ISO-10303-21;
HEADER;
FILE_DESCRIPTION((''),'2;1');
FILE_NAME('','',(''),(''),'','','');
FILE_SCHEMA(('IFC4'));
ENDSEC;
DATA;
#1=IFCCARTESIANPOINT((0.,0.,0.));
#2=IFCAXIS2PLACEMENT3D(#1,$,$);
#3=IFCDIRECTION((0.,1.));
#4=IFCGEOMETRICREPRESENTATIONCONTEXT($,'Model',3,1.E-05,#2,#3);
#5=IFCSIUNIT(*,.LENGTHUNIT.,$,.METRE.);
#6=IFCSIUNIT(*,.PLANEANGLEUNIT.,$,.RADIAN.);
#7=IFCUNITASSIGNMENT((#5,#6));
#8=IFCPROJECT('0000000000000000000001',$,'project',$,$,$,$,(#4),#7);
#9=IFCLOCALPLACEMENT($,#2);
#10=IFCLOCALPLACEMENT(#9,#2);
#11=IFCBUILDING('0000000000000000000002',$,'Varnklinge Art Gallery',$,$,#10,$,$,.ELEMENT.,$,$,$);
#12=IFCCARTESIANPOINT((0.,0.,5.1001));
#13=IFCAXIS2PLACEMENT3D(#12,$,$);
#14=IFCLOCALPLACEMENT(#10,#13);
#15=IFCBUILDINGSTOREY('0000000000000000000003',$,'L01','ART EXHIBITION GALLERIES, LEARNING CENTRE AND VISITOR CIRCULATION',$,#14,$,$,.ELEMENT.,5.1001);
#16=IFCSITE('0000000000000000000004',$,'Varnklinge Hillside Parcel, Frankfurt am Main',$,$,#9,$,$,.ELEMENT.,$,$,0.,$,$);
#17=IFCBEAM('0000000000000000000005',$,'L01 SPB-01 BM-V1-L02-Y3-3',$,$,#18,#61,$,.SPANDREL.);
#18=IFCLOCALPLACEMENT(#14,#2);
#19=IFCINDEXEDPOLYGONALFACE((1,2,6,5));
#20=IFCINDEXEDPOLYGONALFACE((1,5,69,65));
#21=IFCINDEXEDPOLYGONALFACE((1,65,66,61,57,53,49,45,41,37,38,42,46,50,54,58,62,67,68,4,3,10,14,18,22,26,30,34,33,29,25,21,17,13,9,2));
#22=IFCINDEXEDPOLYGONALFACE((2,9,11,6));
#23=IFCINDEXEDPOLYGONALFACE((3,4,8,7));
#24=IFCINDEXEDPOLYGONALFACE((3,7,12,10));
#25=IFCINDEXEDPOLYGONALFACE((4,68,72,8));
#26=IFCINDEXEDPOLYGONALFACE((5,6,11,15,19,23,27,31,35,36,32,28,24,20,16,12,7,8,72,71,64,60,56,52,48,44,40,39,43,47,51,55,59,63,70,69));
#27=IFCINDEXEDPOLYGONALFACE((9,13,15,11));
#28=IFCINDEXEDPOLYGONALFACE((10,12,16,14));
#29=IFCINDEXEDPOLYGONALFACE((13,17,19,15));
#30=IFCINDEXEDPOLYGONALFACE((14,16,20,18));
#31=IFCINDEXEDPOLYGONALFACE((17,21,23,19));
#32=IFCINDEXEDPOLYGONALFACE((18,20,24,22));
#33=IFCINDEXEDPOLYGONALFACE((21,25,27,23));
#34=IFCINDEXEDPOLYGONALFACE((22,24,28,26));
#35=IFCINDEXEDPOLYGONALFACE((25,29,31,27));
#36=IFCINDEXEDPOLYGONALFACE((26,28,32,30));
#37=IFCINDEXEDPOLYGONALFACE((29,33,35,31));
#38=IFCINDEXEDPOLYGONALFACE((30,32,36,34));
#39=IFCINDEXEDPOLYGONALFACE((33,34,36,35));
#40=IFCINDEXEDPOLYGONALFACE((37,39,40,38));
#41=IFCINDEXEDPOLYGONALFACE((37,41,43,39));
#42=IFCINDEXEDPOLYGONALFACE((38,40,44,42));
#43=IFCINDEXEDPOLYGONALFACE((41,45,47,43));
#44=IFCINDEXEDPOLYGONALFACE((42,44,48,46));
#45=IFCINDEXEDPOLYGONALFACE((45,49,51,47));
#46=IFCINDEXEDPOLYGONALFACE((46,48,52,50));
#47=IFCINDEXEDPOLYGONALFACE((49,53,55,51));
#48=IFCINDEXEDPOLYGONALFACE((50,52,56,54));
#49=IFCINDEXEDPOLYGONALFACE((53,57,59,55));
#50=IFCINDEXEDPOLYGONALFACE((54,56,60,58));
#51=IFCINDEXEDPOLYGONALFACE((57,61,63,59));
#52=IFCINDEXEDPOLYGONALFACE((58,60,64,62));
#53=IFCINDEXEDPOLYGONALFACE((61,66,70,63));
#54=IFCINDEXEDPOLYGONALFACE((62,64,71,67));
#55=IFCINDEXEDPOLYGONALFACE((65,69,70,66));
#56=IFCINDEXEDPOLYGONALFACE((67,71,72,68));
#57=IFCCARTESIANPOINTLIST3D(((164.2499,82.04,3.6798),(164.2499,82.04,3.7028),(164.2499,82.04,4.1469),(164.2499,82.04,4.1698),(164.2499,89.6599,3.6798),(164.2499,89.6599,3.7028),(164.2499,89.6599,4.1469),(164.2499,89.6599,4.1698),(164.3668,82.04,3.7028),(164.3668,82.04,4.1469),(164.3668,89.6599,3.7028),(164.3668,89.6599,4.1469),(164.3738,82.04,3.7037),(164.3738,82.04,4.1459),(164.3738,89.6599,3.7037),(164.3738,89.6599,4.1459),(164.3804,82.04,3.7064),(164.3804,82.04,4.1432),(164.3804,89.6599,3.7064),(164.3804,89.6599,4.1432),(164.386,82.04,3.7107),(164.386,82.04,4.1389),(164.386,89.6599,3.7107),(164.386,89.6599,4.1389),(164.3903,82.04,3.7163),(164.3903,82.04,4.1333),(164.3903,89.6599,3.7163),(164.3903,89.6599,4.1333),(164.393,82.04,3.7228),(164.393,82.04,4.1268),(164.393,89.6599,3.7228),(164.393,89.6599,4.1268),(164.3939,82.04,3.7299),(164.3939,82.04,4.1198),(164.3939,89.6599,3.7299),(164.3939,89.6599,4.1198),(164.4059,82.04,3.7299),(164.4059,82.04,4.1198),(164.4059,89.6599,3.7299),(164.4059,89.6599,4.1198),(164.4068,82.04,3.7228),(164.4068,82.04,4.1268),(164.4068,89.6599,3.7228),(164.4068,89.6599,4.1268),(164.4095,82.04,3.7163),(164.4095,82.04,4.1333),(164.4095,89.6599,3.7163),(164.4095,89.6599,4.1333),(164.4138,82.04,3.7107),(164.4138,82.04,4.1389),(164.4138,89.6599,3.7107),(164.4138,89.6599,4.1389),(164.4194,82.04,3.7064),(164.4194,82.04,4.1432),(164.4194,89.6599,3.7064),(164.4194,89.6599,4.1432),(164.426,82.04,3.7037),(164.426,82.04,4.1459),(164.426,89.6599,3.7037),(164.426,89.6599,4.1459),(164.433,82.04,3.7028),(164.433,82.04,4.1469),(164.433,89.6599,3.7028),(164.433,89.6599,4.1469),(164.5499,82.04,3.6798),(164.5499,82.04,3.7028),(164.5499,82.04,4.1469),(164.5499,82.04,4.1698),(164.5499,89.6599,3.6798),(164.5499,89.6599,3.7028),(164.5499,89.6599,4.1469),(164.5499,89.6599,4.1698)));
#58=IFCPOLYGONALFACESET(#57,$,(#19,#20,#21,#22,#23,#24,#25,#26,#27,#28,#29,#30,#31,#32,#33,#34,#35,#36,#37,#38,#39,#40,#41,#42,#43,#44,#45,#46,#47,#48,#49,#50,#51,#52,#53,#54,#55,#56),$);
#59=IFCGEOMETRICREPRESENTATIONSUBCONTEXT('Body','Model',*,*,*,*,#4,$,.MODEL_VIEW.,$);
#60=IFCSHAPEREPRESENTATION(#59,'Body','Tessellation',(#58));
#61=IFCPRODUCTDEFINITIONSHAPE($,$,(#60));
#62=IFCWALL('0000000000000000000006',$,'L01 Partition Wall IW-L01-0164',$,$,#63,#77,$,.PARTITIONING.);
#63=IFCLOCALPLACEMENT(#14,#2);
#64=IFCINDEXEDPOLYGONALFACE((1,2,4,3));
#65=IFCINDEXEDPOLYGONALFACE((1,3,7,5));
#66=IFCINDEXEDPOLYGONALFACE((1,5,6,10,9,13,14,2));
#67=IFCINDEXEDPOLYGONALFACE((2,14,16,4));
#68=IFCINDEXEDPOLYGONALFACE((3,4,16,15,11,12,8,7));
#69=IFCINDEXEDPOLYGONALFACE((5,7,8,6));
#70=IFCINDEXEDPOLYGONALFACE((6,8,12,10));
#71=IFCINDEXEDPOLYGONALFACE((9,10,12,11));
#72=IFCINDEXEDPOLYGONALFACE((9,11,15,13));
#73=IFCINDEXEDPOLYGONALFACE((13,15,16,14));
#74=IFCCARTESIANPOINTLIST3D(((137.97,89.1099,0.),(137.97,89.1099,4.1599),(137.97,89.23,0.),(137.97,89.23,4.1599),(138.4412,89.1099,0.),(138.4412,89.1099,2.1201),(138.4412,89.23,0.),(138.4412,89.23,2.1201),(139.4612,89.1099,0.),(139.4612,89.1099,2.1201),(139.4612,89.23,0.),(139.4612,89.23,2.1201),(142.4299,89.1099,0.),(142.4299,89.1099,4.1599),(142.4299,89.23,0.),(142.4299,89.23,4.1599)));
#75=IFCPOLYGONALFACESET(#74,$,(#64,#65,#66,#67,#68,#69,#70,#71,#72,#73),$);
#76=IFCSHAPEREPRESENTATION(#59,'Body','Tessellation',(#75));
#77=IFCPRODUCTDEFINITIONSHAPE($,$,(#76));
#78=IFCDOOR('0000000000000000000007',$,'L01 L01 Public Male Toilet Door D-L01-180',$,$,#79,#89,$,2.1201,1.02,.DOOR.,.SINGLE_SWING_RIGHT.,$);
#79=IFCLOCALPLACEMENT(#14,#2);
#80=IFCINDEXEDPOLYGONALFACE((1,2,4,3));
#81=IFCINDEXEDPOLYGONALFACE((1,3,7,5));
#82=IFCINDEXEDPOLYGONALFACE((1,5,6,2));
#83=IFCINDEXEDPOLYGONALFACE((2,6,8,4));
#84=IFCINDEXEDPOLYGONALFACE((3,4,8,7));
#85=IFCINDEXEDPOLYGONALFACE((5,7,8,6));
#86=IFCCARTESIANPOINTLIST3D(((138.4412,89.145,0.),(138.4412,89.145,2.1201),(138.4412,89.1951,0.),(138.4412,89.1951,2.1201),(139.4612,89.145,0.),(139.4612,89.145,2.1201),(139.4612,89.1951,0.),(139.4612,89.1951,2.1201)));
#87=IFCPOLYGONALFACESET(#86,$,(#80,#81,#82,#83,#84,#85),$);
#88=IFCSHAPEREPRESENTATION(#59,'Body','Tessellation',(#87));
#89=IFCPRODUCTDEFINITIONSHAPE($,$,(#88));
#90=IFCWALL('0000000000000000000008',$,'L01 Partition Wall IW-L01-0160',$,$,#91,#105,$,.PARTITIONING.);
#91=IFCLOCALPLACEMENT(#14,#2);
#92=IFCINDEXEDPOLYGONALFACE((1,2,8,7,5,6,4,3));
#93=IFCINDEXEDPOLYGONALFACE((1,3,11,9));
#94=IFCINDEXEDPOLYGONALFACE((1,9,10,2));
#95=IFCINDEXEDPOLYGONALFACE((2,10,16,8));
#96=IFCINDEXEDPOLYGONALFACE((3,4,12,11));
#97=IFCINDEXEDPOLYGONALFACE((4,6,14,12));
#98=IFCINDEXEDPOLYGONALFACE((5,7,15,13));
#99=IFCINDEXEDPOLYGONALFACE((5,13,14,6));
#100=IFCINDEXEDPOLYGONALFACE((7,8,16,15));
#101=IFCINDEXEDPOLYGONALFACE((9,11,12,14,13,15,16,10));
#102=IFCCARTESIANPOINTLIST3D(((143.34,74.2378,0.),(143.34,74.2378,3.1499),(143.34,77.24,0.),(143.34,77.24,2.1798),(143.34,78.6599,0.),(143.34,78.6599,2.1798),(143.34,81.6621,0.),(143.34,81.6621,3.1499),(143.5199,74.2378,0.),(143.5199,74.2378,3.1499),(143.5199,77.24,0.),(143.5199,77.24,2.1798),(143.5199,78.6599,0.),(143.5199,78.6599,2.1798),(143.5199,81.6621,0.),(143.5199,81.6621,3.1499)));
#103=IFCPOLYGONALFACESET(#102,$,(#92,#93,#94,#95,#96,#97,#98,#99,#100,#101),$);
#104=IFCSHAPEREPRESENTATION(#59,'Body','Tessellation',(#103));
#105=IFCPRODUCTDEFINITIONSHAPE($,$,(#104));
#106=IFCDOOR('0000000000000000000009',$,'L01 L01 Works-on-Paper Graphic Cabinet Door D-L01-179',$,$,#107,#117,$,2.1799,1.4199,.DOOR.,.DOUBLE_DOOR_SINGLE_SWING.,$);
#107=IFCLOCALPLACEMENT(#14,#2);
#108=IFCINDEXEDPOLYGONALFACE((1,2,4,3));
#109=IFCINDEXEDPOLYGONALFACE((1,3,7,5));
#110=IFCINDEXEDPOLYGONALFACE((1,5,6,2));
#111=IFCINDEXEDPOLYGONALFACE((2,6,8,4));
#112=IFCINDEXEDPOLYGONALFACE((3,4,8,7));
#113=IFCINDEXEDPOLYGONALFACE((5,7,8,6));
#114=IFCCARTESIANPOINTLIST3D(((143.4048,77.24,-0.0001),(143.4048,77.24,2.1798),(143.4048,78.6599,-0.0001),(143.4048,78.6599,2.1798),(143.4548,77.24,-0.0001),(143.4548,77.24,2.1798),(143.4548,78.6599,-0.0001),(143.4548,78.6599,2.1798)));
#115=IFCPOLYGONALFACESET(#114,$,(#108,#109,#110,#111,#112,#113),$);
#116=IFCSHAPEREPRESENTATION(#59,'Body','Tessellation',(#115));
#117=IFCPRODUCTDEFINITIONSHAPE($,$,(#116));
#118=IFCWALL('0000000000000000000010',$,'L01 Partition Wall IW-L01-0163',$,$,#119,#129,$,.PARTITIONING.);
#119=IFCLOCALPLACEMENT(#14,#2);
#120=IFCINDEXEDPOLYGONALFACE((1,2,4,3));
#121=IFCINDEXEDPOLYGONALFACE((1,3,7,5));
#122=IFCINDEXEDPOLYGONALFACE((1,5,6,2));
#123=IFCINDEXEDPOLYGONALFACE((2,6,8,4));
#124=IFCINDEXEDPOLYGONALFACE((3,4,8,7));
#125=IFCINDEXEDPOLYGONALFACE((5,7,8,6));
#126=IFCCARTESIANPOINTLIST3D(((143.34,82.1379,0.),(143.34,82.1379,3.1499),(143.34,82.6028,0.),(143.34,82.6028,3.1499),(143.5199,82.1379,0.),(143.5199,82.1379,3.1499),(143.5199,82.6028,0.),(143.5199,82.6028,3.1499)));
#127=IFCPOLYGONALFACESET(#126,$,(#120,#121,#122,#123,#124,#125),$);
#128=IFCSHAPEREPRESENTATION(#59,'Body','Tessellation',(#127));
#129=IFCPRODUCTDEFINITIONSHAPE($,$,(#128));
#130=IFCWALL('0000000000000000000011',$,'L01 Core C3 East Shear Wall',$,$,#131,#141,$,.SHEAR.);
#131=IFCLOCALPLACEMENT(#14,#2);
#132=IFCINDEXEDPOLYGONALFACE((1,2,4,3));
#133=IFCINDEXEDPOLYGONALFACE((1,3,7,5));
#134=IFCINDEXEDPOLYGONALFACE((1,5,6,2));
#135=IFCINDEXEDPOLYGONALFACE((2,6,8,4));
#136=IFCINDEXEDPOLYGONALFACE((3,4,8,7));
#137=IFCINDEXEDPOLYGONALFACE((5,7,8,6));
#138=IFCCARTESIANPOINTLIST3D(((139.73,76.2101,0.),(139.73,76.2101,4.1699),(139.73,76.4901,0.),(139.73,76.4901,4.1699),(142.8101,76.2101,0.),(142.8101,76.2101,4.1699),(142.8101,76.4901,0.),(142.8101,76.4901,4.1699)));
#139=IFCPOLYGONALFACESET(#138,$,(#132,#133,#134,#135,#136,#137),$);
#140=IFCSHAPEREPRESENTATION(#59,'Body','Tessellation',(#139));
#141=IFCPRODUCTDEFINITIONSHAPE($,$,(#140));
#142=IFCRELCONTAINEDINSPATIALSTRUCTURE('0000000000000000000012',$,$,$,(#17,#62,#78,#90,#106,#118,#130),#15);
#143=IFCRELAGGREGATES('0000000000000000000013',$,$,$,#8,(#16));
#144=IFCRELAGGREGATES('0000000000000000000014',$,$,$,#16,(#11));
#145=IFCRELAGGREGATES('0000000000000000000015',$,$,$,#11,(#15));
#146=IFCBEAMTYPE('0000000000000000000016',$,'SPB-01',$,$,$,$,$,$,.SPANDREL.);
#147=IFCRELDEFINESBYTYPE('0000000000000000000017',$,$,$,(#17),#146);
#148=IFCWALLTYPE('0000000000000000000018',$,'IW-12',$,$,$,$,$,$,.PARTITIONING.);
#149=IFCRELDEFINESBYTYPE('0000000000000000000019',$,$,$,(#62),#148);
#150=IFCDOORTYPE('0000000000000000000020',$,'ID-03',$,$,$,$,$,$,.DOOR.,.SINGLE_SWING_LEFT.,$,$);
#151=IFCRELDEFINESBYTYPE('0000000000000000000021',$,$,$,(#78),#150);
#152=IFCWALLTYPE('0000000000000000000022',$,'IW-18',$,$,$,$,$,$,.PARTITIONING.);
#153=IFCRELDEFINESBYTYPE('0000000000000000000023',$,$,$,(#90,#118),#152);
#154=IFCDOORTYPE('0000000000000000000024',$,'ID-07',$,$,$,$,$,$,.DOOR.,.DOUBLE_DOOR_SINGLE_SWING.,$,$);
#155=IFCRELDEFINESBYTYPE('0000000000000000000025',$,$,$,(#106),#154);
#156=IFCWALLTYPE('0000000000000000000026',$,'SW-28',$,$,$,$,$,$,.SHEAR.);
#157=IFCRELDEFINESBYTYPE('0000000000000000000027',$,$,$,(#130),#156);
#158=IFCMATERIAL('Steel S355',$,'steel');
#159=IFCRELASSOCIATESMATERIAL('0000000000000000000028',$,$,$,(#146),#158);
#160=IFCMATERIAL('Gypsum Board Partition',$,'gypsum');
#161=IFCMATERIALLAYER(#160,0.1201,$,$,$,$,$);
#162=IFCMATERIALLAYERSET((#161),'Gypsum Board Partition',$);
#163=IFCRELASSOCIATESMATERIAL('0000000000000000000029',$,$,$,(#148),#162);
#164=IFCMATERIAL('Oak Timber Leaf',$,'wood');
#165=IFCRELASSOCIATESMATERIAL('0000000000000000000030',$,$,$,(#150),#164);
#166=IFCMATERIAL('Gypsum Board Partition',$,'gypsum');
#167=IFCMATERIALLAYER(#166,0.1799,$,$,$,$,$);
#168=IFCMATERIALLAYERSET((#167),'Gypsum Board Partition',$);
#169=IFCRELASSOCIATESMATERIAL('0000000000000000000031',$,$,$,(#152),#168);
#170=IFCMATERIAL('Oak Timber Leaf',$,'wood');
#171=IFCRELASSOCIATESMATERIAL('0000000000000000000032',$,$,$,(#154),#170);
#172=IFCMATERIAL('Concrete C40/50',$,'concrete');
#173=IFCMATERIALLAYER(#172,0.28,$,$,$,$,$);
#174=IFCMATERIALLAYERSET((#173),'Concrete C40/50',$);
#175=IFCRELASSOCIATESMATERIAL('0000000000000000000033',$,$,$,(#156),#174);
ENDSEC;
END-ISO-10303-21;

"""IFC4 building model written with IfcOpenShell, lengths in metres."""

from ifc_helpers import new_model, si_unit, direction, frame, frame_2d, origin, origin_2d, place, context, subcontext, project, spatial, rectangle, i_section, extrude, material, layer, layer_set, material_profile, profile_set, type_object, element, fill, save


model = new_model("IFC4")

# Units and contexts
model_context = context("Model", 3, precision=1e-05, world=origin(), true_north=direction((0.0, 1.0)))
body_context = subcontext(model_context, "Body", "Model", "MODEL_VIEW")
ifc_project = project(units=[si_unit("LENGTHUNIT", "METRE"), si_unit("PLANEANGLEUNIT", "RADIAN")], contexts=[model_context])

# Site, building, storey
site_placement = place(None, origin())
site = spatial("IfcSite", under=ifc_project, at=site_placement, Name="Varnklinge Hillside Parcel, Frankfurt am Main", CompositionType="ELEMENT", RefElevation=0.0)
building_placement = place(site_placement, origin())
building = spatial("IfcBuilding", under=site, at=building_placement, Name="Varnklinge Art Gallery", CompositionType="ELEMENT")
storey_placement = place(building_placement, frame((0.0, 0.0, 5.1001)))
storey = spatial("IfcBuildingStorey", under=building, at=storey_placement, Name="L01", Description="ART EXHIBITION GALLERIES, LEARNING CENTRE AND VISITOR CIRCULATION", CompositionType="ELEMENT", Elevation=5.1001)

# Beam
ifc_material_1 = material(Name="Steel S355", Category="steel")
ifc_material_profile_1 = material_profile(ifc_material_1, i_section(OverallWidth=0.3, OverallDepth=0.49, WebThickness=0.012, FlangeThickness=0.0229, FilletRadius=0.0271, at=origin_2d()), Name="HEA 500")
ifc_profile_set_1 = profile_set([ifc_material_profile_1], Name="Steel S355")
beam_type_1 = type_object("IfcBeamType", Name="SPB-01", PredefinedType="SPANDREL", material=ifc_profile_set_1)
beam_1_placement = place(storey_placement, frame((164.3999, 82.04, 3.9248), z_axis=(0.0, 1.0, 0.0), x_axis=(-1.0, 0.0, 0.0)))
element("IfcBeam", 1, at=beam_1_placement, inside=storey, type_object=beam_type_1, Name="L01 SPB-01 BM-V1-L02-Y3-3", PredefinedType="SPANDREL", context=body_context, shape_type="SweptSolid", body=[
    extrude(i_section(OverallWidth=0.3, OverallDepth=0.49, WebThickness=0.012, FlangeThickness=0.0229, FilletRadius=0.0271, at=origin_2d()), origin(), (0.0, 0.0, 1.0), 7.6199),
])

# Walls, openings, doors
ifc_material_2 = material(Name="Gypsum Board Partition", Category="gypsum")
ifc_layer_1 = layer(ifc_material_2, 0.1201)
ifc_layer_set_1 = layer_set([ifc_layer_1], Name="Gypsum Board Partition")
wall_type_1 = type_object("IfcWallType", Name="IW-12", PredefinedType="PARTITIONING", material=ifc_layer_set_1)
wall_1_placement = place(storey_placement, frame((142.4299, 89.1699, 0.0), z_axis=(0.0, 0.0, 1.0), x_axis=(-1.0, 0.0, 0.0)))
wall_1 = element("IfcWall", 2, at=wall_1_placement, inside=storey, type_object=wall_type_1, Name="L01 Partition Wall IW-L01-0164", PredefinedType="PARTITIONING", context=body_context, shape_type="SweptSolid", body=[
    extrude(rectangle(XDim=4.46, YDim=0.1201, at=frame_2d((2.23, 0.0))), origin(), (0.0, 0.0, 1.0), 4.1599),
])
opening_1_placement = place(wall_1_placement, frame((2.9688, 0.0, 0.0)))
opening_1 = element("IfcOpeningElement", 3, at=opening_1_placement, cuts=wall_1, PredefinedType="OPENING", context=body_context, shape_type="SweptSolid", body=[
    extrude(rectangle(XDim=1.02, YDim=2.1201, at=frame_2d((0.51, 1.0601))), frame((0.0, 0.0701, 0.0), z_axis=(0.0, -1.0, 0.0), x_axis=(1.0, 0.0, 0.0)), (0.0, 0.0, 1.0), 0.1401),
])
ifc_material_3 = material(Name="Oak Timber Leaf", Category="wood")
door_type_1 = type_object("IfcDoorType", Name="ID-03", OperationType="SINGLE_SWING_LEFT", PredefinedType="DOOR", material=ifc_material_3)
door_1_placement = place(opening_1_placement, origin())
door_1 = element("IfcDoor", 4, at=door_1_placement, inside=storey, type_object=door_type_1, Name="L01 L01 Public Male Toilet Door D-L01-180", OperationType="SINGLE_SWING_RIGHT", OverallHeight=2.1201, OverallWidth=1.02, PredefinedType="DOOR", context=body_context, shape_type="SweptSolid", body=[
    extrude(rectangle(XDim=1.02, YDim=2.1201, at=frame_2d((0.51, 1.0601))), frame((0.0, 0.0249, 0.0), z_axis=(0.0, -1.0, 0.0), x_axis=(1.0, 0.0, 0.0)), (0.0, 0.0, 1.0), 0.05),
])
fill(opening_1, door_1)
ifc_material_4 = material(Name="Gypsum Board Partition", Category="gypsum")
ifc_layer_2 = layer(ifc_material_4, 0.1799)
ifc_layer_set_2 = layer_set([ifc_layer_2], Name="Gypsum Board Partition")
wall_type_2 = type_object("IfcWallType", Name="IW-18", PredefinedType="PARTITIONING", material=ifc_layer_set_2)
wall_2_placement = place(storey_placement, frame((143.4299, 81.6621, 0.0), z_axis=(0.0, 0.0, 1.0), x_axis=(0.0, -1.0, 0.0)))
wall_2 = element("IfcWall", 5, at=wall_2_placement, inside=storey, type_object=wall_type_2, Name="L01 Partition Wall IW-L01-0160", PredefinedType="PARTITIONING", context=body_context, shape_type="SweptSolid", body=[
    extrude(rectangle(XDim=7.4243, YDim=0.1799, at=frame_2d((3.7122, 0.0))), origin(), (0.0, 0.0, 1.0), 3.1499),
])
opening_2_placement = place(wall_2_placement, frame((3.0022, 0.0, 0.0)))
opening_2 = element("IfcOpeningElement", 6, at=opening_2_placement, cuts=wall_2, PredefinedType="OPENING", context=body_context, shape_type="SweptSolid", body=[
    extrude(rectangle(XDim=1.4199, YDim=2.1799, at=frame_2d((0.71, 1.0898))), frame((0.0, 0.0999, 0.0), z_axis=(0.0, -1.0, 0.0), x_axis=(1.0, 0.0, 0.0)), (0.0, 0.0, 1.0), 0.2),
])
ifc_material_5 = material(Name="Oak Timber Leaf", Category="wood")
door_type_2 = type_object("IfcDoorType", Name="ID-07", OperationType="DOUBLE_DOOR_SINGLE_SWING", PredefinedType="DOOR", material=ifc_material_5)
door_2_placement = place(opening_2_placement, origin())
door_2 = element("IfcDoor", 7, at=door_2_placement, inside=storey, type_object=door_type_2, Name="L01 L01 Works-on-Paper Graphic Cabinet Door D-L01-179", OperationType="DOUBLE_DOOR_SINGLE_SWING", OverallHeight=2.1799, OverallWidth=1.4199, PredefinedType="DOOR", context=body_context, shape_type="SweptSolid", body=[
    extrude(rectangle(XDim=1.4199, YDim=2.1799, at=frame_2d((0.71, 1.0898))), frame((0.0, 0.0249, 0.0), z_axis=(0.0, -1.0, 0.0), x_axis=(1.0, 0.0, 0.0)), (0.0, 0.0, 1.0), 0.05),
])
fill(opening_2, door_2)

# Walls
wall_3_placement = place(storey_placement, frame((143.4299, 82.6028, 0.0), z_axis=(0.0, 0.0, 1.0), x_axis=(0.0, -1.0, 0.0)))
element("IfcWall", 8, at=wall_3_placement, inside=storey, type_object=wall_type_2, Name="L01 Partition Wall IW-L01-0163", PredefinedType="PARTITIONING", context=body_context, shape_type="SweptSolid", body=[
    extrude(rectangle(XDim=0.4648, YDim=0.1799, at=frame_2d((0.2324, 0.0))), origin(), (0.0, 0.0, 1.0), 3.1499),
])
ifc_material_6 = material(Name="Concrete C40/50", Category="concrete")
ifc_layer_3 = layer(ifc_material_6, 0.28)
ifc_layer_set_3 = layer_set([ifc_layer_3], Name="Concrete C40/50")
wall_type_3 = type_object("IfcWallType", Name="SW-28", PredefinedType="SHEAR", material=ifc_layer_set_3)
wall_4_placement = place(storey_placement, frame((142.8101, 76.3501, 0.0), z_axis=(0.0, 0.0, 1.0), x_axis=(-1.0, 0.0, 0.0)))
element("IfcWall", 9, at=wall_4_placement, inside=storey, type_object=wall_type_3, Name="L01 Core C3 East Shear Wall", PredefinedType="SHEAR", context=body_context, shape_type="SweptSolid", body=[
    extrude(rectangle(XDim=3.0801, YDim=0.28, at=frame_2d((1.54, 0.0))), origin(), (0.0, 0.0, 1.0), 4.1699),
])

save(model, "model.ifc")
